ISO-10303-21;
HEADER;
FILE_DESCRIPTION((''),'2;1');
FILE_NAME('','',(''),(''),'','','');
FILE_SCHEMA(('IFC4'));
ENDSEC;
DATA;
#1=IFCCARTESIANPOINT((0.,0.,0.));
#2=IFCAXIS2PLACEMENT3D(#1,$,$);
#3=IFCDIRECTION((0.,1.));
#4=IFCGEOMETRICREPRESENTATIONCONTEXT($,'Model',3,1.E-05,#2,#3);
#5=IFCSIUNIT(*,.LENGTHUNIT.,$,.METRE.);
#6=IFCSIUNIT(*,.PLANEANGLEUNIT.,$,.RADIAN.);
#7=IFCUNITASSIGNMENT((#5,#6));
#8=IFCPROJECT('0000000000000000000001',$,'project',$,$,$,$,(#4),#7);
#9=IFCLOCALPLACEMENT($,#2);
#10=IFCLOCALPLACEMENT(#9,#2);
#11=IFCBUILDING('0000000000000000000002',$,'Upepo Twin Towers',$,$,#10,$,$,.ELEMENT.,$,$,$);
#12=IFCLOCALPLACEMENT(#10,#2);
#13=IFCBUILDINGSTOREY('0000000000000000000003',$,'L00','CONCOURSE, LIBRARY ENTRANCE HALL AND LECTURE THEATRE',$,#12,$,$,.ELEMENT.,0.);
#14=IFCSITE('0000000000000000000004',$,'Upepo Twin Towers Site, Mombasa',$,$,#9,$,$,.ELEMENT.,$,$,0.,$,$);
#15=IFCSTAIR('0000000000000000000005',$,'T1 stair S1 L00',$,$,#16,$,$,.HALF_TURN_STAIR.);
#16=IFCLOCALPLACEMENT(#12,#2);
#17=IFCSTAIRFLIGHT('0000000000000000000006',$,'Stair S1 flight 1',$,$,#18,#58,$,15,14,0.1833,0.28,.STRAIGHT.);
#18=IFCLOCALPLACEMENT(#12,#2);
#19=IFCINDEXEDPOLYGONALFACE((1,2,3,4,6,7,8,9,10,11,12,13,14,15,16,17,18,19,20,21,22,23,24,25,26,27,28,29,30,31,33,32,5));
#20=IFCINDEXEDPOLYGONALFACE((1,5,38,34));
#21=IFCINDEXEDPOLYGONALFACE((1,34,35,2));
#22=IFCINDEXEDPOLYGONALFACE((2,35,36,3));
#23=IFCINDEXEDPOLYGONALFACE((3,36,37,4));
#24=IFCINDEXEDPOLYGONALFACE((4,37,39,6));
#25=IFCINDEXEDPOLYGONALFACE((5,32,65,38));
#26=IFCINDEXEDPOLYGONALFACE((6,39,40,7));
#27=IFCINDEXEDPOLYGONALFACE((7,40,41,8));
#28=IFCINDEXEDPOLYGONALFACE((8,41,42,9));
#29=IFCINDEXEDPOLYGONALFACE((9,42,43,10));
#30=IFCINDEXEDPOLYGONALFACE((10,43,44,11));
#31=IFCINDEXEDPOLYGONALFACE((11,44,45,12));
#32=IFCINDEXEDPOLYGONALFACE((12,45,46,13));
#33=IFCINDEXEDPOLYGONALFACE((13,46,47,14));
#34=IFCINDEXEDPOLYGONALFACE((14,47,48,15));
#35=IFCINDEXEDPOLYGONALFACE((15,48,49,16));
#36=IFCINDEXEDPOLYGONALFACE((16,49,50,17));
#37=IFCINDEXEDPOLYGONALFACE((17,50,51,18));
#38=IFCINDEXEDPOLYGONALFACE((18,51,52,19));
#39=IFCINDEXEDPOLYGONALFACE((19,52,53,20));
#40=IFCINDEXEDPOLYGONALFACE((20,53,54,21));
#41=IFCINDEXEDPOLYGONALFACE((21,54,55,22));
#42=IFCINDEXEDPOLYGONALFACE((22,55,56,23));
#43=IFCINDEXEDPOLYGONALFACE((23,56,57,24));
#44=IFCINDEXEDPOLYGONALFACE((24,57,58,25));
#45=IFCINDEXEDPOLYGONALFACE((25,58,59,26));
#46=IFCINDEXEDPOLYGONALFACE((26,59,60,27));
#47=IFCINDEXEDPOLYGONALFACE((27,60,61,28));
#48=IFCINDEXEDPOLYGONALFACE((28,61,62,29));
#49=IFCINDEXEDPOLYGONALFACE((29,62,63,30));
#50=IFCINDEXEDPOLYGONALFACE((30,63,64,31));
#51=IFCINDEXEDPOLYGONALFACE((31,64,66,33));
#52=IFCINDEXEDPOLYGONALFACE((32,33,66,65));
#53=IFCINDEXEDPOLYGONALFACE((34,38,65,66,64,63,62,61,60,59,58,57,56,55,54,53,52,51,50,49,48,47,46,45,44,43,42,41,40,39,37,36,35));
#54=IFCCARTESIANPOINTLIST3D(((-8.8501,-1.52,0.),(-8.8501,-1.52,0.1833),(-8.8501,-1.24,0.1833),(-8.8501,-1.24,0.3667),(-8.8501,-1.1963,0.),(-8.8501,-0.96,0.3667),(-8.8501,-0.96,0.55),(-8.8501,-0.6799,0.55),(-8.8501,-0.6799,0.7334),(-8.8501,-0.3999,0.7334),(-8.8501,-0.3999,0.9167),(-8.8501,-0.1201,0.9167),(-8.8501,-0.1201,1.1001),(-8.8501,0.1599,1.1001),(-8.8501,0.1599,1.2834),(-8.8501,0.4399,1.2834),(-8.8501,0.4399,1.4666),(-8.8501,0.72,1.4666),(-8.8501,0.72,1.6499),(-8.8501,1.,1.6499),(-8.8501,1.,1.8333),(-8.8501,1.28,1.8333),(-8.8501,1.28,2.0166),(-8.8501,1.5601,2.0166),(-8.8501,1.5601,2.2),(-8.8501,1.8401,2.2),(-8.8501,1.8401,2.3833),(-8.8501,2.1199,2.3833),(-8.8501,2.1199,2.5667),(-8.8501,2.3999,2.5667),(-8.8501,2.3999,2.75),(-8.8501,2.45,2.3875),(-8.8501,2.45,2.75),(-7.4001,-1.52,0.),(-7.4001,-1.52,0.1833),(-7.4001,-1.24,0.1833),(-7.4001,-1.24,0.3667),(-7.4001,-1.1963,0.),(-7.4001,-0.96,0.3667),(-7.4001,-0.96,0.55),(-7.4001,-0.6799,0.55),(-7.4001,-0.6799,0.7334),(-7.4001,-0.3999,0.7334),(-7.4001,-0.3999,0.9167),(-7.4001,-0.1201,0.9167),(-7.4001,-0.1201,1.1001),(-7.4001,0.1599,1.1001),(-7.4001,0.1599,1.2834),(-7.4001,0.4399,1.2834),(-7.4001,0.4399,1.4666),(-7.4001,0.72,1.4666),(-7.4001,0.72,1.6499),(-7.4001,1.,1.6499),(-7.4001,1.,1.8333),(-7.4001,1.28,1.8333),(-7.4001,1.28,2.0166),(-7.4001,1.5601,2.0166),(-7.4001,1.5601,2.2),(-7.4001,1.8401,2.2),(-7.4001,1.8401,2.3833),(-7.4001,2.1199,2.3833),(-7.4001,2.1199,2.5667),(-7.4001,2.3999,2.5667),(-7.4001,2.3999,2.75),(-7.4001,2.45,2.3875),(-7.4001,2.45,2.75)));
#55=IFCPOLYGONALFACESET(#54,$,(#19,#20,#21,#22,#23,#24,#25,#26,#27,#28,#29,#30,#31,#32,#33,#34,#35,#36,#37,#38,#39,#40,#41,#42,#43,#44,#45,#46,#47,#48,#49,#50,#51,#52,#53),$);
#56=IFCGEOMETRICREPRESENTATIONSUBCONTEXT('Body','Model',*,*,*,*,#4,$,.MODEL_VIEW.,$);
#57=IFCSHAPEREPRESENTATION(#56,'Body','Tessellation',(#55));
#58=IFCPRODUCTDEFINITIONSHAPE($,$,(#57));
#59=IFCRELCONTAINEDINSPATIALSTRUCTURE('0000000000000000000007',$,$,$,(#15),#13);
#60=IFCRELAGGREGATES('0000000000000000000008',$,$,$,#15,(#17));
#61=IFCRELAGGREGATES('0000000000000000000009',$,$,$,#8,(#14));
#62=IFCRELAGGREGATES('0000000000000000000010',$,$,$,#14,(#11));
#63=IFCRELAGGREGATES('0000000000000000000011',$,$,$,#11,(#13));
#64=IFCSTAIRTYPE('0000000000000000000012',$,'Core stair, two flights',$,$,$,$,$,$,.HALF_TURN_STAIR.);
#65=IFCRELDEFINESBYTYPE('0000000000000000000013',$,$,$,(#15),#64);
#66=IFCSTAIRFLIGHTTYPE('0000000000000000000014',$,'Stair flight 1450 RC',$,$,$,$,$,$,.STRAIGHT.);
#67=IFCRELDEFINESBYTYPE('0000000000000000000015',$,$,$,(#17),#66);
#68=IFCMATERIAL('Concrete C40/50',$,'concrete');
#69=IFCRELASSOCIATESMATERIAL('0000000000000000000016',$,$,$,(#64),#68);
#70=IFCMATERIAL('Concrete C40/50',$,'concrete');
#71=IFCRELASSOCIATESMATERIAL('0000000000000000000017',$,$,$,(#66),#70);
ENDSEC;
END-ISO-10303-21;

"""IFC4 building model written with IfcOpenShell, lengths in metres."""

from ifc_helpers import new_model, si_unit, direction, frame, origin, place, context, subcontext, project, spatial, polyline, outline, extrude, material, type_object, element, aggregate, save


model = new_model("IFC4")

# Units and contexts
model_context = context("Model", 3, precision=1e-05, world=origin(), true_north=direction((0.0, 1.0)))
body_context = subcontext(model_context, "Body", "Model", "MODEL_VIEW")
ifc_project = project(units=[si_unit("LENGTHUNIT", "METRE"), si_unit("PLANEANGLEUNIT", "RADIAN")], contexts=[model_context])

# Site, building, storey
site_placement = place(None, origin())
site = spatial("IfcSite", under=ifc_project, at=site_placement, Name="Upepo Twin Towers Site, Mombasa", CompositionType="ELEMENT", RefElevation=0.0)
building_placement = place(site_placement, origin())
building = spatial("IfcBuilding", under=site, at=building_placement, Name="Upepo Twin Towers", CompositionType="ELEMENT")
storey_placement = place(building_placement, origin())
storey = spatial("IfcBuildingStorey", under=building, at=storey_placement, Name="L00", Description="CONCOURSE, LIBRARY ENTRANCE HALL AND LECTURE THEATRE", CompositionType="ELEMENT", Elevation=0.0)

# Stair, stair flight
ifc_material_1 = material(Name="Concrete C40/50", Category="concrete")
stair_type = type_object("IfcStairType", Name="Core stair, two flights", PredefinedType="HALF_TURN_STAIR", material=ifc_material_1)
stair_placement = place(storey_placement, origin())
stair = element("IfcStair", 1, at=stair_placement, inside=storey, type_object=stair_type, Name="T1 stair S1 L00", PredefinedType="HALF_TURN_STAIR")
ifc_material_2 = material(Name="Concrete C40/50", Category="concrete")
stair_flight_type = type_object("IfcStairFlightType", Name="Stair flight 1450 RC", PredefinedType="STRAIGHT", material=ifc_material_2)
stair_flight_placement = place(storey_placement, frame((-8.125, -1.52, 0.0), z_axis=(0.0, 0.0, 1.0), x_axis=(0.0, 1.0, 0.0)))
stair_flight = element("IfcStairFlight", 2, at=stair_flight_placement, type_object=stair_flight_type, Name="Stair S1 flight 1", NumberOfRisers=15, NumberOfTreads=14, PredefinedType="STRAIGHT", RiserHeight=0.1833, TreadLength=0.28, context=body_context, shape_type="SweptSolid", body=[
    extrude(outline(polyline([(0.0, 0.0), (0.0, 0.1833), (0.28, 0.1833), (0.28, 0.3667), (0.5601, 0.3667), (0.5601, 0.55), (0.8401, 0.55), (0.8401, 0.7334), (1.1201, 0.7334), (1.1201, 0.9167), (1.3999, 0.9167), (1.3999, 1.1001), (1.6799, 1.1001), (1.6799, 1.2834), (1.96, 1.2834), (1.96, 1.4666), (2.24, 1.4666), (2.24, 1.6499), (2.52, 1.6499), (2.52, 1.8333), (2.8, 1.8333), (2.8, 2.0166), (3.0801, 2.0166), (3.0801, 2.2), (3.3601, 2.2), (3.3601, 2.3833), (3.6399, 2.3833), (3.6399, 2.5667), (3.9199, 2.5667), (3.9199, 2.75), (3.97, 2.75), (3.97, 2.3875), (0.3237, 0.0), (0.0, 0.0)])), frame((0.0, 0.7251, 0.0), z_axis=(0.0, -1.0, 0.0), x_axis=(1.0, 0.0, 0.0)), (0.0, 0.0, 1.0), 1.45),
])
aggregate(stair, [stair_flight])

save(model, "model.ifc")
